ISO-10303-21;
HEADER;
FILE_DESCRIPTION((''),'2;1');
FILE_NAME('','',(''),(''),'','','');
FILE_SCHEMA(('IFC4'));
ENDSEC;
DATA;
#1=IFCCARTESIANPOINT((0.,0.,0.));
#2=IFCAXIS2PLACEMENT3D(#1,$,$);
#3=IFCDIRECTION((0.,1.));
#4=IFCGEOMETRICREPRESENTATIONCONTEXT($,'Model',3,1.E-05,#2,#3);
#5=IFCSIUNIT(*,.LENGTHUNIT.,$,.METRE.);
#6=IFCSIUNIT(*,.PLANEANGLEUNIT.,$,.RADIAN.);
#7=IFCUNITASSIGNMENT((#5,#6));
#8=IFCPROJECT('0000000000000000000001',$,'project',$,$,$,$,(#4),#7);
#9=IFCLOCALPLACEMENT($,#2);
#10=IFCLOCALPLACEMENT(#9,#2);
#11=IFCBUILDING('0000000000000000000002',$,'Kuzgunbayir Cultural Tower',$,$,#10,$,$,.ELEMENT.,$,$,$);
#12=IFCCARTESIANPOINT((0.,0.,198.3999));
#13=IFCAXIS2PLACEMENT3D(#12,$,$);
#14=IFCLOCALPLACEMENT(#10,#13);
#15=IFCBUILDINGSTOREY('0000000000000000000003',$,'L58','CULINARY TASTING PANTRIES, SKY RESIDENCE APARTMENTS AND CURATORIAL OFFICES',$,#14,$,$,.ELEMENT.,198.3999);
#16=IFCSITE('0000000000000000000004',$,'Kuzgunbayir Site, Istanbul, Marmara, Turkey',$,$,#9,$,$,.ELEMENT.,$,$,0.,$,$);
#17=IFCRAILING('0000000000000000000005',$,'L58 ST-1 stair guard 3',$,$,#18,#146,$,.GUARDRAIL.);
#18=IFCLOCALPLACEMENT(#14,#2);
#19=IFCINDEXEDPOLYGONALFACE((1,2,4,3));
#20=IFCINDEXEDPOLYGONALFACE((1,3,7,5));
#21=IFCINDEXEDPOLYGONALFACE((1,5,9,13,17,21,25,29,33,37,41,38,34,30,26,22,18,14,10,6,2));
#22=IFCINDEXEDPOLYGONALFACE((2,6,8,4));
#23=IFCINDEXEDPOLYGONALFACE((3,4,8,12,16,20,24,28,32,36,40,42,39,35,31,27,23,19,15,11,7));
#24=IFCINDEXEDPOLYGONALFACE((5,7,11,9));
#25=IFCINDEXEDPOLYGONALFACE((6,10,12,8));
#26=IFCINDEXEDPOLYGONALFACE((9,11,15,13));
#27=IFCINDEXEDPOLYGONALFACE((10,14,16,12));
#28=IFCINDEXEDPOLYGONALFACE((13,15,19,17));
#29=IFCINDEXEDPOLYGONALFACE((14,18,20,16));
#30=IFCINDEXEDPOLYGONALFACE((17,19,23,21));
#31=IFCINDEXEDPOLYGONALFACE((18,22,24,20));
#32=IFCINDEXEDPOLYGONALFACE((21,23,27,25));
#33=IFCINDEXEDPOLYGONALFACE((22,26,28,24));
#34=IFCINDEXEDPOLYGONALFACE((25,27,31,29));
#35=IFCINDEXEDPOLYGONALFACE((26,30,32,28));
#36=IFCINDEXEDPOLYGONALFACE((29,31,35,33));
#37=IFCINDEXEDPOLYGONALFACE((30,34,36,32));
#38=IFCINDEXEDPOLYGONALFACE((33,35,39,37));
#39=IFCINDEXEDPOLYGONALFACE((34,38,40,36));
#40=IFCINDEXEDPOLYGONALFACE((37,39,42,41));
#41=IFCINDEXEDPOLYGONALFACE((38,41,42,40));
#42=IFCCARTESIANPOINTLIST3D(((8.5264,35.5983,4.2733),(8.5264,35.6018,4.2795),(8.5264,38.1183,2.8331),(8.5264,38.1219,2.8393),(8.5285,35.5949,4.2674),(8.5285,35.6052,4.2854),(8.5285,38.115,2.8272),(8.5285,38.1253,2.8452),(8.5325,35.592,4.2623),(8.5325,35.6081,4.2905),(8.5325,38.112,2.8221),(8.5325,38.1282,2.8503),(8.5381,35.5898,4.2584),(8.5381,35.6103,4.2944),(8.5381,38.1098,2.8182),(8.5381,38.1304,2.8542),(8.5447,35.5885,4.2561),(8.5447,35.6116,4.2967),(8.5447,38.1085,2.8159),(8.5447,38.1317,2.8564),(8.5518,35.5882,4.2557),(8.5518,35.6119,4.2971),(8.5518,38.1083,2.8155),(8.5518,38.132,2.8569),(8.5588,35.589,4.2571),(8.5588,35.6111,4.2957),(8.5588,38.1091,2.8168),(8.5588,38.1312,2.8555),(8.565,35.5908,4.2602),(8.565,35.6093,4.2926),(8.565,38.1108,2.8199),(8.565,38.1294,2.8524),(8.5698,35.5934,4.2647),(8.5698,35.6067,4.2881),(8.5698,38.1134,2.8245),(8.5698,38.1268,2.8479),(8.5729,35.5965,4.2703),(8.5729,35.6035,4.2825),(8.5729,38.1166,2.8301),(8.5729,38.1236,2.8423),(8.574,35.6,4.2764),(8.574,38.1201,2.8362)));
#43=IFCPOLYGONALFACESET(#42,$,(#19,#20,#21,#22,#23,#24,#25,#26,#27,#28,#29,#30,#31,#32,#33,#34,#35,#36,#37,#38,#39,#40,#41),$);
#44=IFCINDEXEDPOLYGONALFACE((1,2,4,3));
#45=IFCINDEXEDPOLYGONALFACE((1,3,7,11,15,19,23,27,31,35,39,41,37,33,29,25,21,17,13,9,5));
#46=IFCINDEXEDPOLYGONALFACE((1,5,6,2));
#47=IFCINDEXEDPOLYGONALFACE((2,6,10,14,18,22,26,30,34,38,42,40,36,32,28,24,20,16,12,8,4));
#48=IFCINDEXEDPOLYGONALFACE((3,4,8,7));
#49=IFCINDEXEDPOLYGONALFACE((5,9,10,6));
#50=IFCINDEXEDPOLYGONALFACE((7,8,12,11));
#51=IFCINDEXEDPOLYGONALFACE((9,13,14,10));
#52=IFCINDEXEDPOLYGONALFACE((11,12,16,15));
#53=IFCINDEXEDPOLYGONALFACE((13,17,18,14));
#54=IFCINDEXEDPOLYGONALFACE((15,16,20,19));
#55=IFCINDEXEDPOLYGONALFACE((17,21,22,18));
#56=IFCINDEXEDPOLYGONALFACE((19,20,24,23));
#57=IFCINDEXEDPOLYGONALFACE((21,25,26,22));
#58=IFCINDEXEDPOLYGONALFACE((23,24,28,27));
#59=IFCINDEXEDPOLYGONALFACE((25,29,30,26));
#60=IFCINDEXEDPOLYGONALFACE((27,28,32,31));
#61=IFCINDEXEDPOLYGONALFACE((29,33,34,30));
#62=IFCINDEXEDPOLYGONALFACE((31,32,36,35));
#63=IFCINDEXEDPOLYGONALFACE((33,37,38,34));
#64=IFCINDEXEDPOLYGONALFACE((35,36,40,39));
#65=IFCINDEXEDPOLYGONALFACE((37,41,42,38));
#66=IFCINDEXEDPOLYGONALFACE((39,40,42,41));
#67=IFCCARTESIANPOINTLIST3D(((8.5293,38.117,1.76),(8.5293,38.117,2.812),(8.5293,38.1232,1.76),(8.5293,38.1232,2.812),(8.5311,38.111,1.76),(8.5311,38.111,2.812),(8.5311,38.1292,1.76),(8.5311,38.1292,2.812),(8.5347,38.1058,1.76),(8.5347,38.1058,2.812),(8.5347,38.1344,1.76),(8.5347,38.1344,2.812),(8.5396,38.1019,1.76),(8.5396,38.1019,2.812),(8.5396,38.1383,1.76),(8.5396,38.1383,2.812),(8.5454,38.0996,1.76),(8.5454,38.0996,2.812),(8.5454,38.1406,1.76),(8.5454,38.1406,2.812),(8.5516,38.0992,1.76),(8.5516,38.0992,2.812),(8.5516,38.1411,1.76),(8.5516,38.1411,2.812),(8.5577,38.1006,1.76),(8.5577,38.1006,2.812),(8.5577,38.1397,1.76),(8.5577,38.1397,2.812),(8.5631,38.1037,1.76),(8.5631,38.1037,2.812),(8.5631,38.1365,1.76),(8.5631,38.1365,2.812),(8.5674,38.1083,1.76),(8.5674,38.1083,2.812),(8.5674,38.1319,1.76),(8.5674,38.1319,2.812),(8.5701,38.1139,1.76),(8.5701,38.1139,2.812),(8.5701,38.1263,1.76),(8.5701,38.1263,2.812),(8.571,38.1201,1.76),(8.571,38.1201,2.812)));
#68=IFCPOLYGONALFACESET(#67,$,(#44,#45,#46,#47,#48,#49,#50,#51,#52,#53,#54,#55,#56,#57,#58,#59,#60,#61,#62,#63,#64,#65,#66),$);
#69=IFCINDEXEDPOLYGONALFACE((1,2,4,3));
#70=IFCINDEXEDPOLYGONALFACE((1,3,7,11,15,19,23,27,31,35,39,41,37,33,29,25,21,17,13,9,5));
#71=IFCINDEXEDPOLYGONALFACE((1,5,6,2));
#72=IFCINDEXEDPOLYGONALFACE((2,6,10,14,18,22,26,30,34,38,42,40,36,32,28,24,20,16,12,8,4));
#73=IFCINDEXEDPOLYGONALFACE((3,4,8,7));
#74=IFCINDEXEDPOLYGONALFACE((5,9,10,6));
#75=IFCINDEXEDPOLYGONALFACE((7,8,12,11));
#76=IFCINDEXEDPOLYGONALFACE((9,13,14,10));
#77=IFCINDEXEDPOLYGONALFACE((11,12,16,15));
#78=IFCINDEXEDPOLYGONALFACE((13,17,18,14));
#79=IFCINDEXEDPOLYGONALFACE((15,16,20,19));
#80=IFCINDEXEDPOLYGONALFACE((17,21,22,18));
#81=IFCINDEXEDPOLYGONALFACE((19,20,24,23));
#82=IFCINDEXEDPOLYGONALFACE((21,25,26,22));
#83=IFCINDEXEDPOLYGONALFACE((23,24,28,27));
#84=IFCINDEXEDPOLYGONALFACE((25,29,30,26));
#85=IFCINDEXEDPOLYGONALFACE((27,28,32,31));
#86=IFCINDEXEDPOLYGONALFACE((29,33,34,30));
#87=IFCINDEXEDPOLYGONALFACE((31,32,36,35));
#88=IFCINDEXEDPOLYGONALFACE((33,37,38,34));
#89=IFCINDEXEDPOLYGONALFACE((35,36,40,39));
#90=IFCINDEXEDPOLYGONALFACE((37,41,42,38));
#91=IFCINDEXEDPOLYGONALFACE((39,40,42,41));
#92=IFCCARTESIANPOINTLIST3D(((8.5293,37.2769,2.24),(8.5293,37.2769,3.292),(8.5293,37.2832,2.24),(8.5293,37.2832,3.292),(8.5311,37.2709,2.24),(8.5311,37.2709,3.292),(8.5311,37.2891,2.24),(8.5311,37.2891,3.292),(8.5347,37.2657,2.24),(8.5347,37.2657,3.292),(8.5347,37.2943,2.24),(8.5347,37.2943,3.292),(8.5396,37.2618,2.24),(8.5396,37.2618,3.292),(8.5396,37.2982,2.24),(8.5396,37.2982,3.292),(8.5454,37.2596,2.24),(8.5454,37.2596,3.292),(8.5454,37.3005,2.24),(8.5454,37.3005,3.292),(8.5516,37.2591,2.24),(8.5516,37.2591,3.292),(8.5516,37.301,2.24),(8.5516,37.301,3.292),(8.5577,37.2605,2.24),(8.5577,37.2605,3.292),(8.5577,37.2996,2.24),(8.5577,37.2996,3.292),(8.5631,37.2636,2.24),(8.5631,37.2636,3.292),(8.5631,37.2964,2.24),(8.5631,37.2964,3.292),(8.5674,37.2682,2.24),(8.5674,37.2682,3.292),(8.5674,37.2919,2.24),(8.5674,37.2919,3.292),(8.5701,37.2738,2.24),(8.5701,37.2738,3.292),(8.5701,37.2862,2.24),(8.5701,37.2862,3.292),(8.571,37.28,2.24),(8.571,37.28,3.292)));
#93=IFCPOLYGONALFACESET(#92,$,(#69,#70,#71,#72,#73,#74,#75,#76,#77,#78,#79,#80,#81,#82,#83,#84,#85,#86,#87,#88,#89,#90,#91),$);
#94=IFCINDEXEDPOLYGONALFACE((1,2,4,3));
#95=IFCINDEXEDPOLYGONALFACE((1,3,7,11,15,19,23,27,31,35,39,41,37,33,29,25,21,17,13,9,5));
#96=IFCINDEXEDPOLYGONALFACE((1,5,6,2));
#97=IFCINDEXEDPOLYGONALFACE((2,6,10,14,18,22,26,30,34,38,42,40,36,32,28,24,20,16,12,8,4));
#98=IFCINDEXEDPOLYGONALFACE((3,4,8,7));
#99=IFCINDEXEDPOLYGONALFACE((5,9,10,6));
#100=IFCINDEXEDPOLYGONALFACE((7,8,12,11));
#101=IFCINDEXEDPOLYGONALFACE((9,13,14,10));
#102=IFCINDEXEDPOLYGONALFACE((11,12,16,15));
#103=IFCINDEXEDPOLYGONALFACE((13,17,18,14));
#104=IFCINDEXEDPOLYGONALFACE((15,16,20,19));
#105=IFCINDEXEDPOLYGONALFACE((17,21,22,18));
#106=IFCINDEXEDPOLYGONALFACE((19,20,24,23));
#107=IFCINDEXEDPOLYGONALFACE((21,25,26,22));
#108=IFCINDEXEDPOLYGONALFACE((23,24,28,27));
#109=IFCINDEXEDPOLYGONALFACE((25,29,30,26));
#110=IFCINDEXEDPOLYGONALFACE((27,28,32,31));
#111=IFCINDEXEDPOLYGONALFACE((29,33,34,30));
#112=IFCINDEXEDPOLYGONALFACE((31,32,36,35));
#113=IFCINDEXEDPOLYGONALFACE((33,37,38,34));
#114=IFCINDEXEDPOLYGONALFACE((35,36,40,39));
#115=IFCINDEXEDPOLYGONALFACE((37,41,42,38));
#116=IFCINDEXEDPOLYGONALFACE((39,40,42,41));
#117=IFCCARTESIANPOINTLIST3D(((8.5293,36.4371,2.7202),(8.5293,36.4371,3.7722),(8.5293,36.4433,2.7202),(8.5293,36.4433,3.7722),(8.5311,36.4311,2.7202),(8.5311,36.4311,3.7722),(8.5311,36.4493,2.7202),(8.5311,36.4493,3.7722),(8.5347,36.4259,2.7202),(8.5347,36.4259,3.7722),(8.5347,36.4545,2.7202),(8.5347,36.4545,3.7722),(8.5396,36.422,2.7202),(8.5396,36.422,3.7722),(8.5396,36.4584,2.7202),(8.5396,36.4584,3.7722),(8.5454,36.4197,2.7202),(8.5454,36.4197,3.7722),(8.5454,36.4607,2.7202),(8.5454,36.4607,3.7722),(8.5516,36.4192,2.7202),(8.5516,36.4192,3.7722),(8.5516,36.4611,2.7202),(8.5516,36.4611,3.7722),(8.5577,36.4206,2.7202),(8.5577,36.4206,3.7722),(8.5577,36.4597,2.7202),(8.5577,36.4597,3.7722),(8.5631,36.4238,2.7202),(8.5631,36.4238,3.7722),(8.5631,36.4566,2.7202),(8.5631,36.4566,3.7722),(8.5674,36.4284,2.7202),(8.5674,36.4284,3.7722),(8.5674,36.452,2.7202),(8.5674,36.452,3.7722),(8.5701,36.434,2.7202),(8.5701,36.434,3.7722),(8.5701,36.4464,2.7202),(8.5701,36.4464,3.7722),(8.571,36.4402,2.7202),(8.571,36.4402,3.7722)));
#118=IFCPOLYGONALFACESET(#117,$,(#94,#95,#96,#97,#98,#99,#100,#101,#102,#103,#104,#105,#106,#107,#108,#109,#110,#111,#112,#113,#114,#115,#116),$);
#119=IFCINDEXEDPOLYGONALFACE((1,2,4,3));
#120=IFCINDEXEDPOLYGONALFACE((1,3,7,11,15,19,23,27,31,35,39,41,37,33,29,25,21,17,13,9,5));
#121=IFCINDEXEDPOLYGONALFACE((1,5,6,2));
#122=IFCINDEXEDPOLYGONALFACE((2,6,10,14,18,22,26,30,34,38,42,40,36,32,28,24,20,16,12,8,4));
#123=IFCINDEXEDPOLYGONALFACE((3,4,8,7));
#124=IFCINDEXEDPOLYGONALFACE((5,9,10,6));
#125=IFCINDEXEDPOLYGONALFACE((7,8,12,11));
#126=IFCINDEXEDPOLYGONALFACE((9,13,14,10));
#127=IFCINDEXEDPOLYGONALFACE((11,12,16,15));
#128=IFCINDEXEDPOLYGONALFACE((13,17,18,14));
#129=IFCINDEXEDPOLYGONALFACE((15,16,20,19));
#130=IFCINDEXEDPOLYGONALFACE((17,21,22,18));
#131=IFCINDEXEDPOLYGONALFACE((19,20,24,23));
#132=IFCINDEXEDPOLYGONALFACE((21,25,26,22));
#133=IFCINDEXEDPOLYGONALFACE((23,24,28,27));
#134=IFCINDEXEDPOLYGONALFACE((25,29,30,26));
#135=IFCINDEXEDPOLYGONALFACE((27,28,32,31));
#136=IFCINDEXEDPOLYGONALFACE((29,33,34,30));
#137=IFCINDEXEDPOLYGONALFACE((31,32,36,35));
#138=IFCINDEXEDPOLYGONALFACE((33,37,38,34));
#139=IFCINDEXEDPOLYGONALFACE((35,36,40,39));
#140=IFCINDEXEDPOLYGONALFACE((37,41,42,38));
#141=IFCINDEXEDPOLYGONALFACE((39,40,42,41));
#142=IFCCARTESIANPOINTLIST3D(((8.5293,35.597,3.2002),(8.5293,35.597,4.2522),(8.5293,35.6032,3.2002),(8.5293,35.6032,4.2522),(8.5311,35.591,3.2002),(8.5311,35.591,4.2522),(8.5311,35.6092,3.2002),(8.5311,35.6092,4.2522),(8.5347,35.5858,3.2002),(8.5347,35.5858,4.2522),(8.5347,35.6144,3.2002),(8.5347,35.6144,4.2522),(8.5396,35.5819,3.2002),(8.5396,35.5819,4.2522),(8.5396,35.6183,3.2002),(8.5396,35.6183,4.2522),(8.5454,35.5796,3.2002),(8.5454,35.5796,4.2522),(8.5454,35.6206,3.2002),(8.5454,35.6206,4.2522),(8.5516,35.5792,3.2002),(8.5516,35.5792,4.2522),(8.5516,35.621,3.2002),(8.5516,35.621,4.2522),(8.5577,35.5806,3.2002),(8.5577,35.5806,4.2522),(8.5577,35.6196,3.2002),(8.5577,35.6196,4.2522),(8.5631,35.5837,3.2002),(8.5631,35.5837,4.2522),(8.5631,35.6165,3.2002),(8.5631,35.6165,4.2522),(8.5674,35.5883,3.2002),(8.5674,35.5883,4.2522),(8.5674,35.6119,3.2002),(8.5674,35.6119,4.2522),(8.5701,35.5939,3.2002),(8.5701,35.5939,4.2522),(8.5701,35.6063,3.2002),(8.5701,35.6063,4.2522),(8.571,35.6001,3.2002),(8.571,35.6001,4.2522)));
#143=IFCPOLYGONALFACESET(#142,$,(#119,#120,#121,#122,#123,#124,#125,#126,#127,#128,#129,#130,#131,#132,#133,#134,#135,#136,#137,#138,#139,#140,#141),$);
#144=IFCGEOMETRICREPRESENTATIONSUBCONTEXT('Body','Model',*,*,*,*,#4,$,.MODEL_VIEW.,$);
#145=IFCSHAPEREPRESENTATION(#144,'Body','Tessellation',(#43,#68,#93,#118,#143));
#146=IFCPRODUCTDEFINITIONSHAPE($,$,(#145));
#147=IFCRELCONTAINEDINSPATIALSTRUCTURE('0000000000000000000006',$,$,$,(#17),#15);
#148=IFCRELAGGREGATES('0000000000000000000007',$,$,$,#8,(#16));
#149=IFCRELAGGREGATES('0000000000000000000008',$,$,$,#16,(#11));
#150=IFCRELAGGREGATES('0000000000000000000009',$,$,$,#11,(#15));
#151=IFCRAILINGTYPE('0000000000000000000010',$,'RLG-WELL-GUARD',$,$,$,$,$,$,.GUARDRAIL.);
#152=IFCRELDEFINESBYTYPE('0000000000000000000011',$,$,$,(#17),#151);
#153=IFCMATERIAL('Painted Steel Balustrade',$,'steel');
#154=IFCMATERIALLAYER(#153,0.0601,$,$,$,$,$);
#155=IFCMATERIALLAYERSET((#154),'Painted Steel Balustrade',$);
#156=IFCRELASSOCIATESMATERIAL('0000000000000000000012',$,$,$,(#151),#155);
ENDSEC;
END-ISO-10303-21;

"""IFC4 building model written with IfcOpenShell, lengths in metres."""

from ifc_helpers import new_model, si_unit, direction, frame, origin, origin_2d, place, context, subcontext, project, spatial, circle, extrude, material, layer, layer_set, type_object, element, save


model = new_model("IFC4")

# Units and contexts
model_context = context("Model", 3, precision=1e-05, world=origin(), true_north=direction((0.0, 1.0)))
body_context = subcontext(model_context, "Body", "Model", "MODEL_VIEW")
ifc_project = project(units=[si_unit("LENGTHUNIT", "METRE"), si_unit("PLANEANGLEUNIT", "RADIAN")], contexts=[model_context])

# Site, building, storey
site_placement = place(None, origin())
site = spatial("IfcSite", under=ifc_project, at=site_placement, Name="Kuzgunbayir Site, Istanbul, Marmara, Turkey", CompositionType="ELEMENT", RefElevation=0.0)
building_placement = place(site_placement, origin())
building = spatial("IfcBuilding", under=site, at=building_placement, Name="Kuzgunbayir Cultural Tower", CompositionType="ELEMENT")
storey_placement = place(building_placement, frame((0.0, 0.0, 198.3999)))
storey = spatial("IfcBuildingStorey", under=building, at=storey_placement, Name="L58", Description="CULINARY TASTING PANTRIES, SKY RESIDENCE APARTMENTS AND CURATORIAL OFFICES", CompositionType="ELEMENT", Elevation=198.3999)

# Railing
ifc_material_1 = material(Name="Painted Steel Balustrade", Category="steel")
ifc_layer_1 = layer(ifc_material_1, 0.0601)
ifc_layer_set_1 = layer_set([ifc_layer_1], Name="Painted Steel Balustrade")
railing_type_1 = type_object("IfcRailingType", Name="RLG-WELL-GUARD", PredefinedType="GUARDRAIL", material=ifc_layer_set_1)
railing_1_placement = place(storey_placement, frame((8.55, 38.1201, 1.76)))
element("IfcRailing", 1, at=railing_1_placement, inside=storey, type_object=railing_type_1, Name="L58 ST-1 stair guard 3", PredefinedType="GUARDRAIL", context=body_context, shape_type="SweptSolid", body=[
    extrude(circle(Radius=0.0239, at=origin_2d()), frame((0.0, 0.0, 1.0762), z_axis=(0.0, -0.868217, 0.496184), x_axis=(1.0, 0.0, 0.0)), (0.0, 0.0, 1.0), 2.9026),
    extrude(circle(Radius=0.021, at=origin_2d()), origin(), (0.0, 0.0, 1.0), 1.052),
    extrude(circle(Radius=0.021, at=origin_2d()), frame((0.0, -0.8401, 0.48)), (0.0, 0.0, 1.0), 1.052),
    extrude(circle(Radius=0.021, at=origin_2d()), frame((0.0, -1.6799, 0.9602)), (0.0, 0.0, 1.0), 1.052),
    extrude(circle(Radius=0.021, at=origin_2d()), frame((0.0, -2.52, 1.4402)), (0.0, 0.0, 1.0), 1.052),
])

save(model, "model.ifc")
